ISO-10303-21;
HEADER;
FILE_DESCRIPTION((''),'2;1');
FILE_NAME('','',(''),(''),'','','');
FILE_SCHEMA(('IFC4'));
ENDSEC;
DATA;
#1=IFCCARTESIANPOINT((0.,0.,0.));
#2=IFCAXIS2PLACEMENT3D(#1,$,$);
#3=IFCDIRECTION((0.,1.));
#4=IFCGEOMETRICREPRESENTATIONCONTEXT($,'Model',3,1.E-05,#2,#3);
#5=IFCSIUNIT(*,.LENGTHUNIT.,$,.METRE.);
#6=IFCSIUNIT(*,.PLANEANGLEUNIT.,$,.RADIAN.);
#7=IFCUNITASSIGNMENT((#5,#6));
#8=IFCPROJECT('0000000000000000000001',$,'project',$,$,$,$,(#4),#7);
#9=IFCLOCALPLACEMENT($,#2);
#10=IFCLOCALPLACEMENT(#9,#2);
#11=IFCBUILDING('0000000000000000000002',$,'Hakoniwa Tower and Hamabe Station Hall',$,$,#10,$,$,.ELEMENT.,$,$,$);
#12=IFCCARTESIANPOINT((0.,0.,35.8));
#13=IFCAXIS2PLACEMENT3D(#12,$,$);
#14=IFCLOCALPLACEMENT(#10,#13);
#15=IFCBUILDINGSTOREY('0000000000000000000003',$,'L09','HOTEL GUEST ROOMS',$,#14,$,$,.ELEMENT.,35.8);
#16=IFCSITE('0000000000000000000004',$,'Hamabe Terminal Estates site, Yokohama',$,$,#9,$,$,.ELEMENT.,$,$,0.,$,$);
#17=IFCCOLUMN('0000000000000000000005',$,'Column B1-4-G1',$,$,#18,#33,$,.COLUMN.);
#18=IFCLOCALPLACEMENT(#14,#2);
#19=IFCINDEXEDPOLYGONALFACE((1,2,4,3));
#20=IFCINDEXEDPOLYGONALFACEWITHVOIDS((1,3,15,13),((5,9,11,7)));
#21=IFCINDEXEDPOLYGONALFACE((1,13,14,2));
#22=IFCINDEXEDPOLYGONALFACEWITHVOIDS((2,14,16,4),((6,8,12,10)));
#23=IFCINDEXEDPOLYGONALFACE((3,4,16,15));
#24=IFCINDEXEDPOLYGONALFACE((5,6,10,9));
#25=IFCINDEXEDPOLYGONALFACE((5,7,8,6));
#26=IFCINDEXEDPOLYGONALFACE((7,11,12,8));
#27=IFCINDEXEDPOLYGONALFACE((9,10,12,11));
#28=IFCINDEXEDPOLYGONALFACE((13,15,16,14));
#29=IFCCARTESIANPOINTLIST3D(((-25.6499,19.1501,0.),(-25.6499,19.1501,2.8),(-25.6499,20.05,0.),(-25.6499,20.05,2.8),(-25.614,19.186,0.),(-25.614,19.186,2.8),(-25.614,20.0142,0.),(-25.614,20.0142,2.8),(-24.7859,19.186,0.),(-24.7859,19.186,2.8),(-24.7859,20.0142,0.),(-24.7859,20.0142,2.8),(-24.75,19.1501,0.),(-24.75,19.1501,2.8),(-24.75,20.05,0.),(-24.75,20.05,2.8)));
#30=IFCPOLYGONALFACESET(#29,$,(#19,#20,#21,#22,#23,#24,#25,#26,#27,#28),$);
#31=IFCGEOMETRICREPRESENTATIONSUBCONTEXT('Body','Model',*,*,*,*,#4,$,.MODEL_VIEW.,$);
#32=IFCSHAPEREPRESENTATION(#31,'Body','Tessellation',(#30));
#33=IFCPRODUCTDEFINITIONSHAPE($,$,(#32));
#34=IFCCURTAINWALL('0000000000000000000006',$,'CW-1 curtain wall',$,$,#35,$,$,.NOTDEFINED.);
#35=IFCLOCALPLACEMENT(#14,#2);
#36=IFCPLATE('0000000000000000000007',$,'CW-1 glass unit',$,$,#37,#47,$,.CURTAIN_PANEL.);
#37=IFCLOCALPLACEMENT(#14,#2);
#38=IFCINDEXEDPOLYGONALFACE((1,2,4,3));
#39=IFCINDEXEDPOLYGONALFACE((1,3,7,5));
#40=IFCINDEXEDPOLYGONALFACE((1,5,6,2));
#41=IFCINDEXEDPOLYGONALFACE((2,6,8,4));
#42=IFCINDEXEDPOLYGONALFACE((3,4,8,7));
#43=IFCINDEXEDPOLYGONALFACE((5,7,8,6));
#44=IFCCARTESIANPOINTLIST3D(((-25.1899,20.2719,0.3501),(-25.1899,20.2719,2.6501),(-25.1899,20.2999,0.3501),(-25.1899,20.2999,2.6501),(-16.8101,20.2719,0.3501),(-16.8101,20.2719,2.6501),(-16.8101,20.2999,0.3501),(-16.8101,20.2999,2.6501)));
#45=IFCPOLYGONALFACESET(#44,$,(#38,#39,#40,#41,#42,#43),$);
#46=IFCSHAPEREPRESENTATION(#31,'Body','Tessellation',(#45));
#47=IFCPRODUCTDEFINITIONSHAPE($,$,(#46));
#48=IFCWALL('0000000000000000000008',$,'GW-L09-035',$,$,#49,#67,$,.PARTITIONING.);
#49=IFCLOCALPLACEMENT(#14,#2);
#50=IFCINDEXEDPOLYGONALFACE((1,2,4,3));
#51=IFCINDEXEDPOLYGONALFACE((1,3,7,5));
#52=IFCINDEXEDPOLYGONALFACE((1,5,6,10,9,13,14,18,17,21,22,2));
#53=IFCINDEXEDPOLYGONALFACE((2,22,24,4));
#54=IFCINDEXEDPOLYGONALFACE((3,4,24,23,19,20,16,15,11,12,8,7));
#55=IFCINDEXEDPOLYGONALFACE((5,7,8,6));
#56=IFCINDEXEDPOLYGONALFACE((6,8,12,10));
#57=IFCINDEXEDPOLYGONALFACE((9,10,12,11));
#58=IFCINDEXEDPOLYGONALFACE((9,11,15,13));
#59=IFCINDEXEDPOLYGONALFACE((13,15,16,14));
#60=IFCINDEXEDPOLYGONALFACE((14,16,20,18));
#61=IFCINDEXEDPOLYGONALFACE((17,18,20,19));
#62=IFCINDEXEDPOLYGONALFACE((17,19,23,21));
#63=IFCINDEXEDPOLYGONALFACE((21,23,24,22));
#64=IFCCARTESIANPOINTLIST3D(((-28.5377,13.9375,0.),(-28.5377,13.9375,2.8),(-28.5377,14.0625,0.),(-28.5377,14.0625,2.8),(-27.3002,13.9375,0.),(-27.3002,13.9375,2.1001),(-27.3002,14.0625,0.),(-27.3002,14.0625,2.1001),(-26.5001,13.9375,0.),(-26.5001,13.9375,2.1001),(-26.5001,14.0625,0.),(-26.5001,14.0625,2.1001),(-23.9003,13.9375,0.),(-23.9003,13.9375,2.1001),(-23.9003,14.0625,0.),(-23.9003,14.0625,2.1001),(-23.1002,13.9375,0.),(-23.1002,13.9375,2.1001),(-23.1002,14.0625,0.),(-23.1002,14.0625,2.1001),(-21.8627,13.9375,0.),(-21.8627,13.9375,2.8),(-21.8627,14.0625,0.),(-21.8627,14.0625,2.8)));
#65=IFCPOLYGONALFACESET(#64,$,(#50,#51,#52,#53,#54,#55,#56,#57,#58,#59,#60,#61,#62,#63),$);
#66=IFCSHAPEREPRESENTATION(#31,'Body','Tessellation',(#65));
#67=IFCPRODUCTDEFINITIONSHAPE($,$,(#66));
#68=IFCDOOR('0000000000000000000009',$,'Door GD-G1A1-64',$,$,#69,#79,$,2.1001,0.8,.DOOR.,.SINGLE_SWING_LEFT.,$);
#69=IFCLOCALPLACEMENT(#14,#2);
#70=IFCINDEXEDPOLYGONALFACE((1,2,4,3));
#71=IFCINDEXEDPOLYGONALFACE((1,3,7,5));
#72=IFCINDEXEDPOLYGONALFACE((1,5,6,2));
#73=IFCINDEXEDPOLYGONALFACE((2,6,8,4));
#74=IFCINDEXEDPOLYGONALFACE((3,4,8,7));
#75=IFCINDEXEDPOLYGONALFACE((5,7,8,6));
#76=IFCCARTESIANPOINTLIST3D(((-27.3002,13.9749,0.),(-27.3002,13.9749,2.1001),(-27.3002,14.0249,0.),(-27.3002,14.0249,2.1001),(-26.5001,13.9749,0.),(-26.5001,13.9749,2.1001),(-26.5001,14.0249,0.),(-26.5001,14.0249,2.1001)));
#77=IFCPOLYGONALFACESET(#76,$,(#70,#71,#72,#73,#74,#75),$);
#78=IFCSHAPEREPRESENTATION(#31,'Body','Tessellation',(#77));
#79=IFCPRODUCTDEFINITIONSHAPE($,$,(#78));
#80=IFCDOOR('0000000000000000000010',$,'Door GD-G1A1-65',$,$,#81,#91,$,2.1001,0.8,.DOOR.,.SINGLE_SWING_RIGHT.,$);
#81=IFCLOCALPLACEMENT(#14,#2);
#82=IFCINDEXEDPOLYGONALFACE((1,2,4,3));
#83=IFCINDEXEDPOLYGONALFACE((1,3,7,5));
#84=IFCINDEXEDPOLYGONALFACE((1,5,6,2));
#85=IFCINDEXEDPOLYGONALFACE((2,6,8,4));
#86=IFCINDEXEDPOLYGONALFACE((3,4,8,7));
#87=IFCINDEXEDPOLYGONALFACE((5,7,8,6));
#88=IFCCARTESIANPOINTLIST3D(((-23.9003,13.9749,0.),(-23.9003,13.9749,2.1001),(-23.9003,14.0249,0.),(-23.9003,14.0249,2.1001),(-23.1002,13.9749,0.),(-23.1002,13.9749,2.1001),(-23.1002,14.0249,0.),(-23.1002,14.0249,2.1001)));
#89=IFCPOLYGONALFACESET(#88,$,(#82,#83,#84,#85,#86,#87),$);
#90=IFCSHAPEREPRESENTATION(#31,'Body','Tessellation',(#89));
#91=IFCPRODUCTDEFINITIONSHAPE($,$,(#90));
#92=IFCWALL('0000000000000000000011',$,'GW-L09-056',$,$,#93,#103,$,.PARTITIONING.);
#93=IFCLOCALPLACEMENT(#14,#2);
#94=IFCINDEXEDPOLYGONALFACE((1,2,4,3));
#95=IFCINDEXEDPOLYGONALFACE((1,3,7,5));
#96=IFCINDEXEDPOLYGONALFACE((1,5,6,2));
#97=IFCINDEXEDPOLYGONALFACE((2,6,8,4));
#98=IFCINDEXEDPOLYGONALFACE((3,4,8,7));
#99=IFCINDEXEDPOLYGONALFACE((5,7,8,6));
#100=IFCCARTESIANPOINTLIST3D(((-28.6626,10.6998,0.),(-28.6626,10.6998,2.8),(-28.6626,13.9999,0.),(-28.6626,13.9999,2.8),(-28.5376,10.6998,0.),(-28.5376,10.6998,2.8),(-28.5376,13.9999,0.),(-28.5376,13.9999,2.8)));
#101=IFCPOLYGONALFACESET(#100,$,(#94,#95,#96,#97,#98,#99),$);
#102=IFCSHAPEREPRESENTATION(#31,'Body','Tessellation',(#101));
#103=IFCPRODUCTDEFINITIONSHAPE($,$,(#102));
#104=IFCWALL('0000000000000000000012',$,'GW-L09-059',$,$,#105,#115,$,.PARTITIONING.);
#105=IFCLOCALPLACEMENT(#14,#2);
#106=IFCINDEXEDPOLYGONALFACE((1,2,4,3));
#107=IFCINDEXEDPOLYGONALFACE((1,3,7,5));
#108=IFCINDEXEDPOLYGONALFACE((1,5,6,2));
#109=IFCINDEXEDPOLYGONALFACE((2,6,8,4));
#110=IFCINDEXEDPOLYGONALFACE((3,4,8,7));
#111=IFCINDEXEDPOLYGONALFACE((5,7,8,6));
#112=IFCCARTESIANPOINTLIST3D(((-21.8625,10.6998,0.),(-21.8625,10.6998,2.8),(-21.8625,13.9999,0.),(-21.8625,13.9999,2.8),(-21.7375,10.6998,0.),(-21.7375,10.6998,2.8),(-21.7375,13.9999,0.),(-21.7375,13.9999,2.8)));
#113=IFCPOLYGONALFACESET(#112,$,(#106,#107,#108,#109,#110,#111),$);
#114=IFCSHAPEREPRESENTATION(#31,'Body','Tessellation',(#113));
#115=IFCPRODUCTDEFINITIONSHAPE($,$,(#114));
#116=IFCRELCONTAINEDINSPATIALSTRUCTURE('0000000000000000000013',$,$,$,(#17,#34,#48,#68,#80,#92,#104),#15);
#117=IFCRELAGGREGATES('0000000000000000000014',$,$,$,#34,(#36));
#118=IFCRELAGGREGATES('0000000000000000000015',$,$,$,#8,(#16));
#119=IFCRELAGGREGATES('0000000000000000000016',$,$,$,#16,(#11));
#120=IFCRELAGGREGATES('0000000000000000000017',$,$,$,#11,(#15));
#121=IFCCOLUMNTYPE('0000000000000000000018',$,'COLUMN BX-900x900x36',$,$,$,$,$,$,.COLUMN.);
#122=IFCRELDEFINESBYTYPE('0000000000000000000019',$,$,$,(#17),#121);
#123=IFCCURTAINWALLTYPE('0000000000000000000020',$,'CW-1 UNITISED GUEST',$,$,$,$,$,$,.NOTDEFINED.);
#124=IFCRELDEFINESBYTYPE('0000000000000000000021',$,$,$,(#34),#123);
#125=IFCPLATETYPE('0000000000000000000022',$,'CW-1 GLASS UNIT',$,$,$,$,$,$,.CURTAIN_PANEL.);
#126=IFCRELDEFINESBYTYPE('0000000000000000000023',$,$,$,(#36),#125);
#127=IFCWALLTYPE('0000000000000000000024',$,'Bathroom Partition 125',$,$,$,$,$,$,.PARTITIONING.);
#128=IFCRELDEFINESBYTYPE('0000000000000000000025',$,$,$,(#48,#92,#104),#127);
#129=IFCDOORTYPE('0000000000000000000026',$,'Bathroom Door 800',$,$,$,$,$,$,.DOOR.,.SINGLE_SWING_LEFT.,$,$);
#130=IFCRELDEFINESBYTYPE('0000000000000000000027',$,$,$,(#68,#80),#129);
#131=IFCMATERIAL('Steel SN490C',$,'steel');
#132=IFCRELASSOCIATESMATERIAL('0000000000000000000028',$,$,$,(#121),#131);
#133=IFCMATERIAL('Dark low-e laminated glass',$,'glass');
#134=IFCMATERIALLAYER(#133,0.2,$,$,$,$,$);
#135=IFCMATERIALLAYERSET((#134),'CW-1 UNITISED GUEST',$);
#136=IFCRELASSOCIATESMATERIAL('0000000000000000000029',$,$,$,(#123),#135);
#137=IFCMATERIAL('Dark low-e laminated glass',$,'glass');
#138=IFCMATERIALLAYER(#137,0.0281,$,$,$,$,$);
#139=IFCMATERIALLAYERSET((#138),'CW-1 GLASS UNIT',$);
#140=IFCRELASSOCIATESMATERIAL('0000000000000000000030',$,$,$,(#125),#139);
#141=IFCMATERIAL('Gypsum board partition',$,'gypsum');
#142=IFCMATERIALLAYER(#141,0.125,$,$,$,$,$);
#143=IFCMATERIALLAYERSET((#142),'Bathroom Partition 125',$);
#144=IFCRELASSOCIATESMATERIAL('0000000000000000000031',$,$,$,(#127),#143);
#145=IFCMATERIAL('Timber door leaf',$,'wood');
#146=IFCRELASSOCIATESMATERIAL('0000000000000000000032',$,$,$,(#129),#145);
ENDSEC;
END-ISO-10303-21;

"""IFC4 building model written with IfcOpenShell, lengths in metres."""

from ifc_helpers import new_model, si_unit, direction, frame, frame_2d, origin, origin_2d, place, context, subcontext, project, spatial, rectangle, hollow_rectangle, extrude, material, layer, layer_set, material_profile, profile_set, type_object, element, fill, aggregate, save


model = new_model("IFC4")

# Units and contexts
model_context = context("Model", 3, precision=1e-05, world=origin(), true_north=direction((0.0, 1.0)))
body_context = subcontext(model_context, "Body", "Model", "MODEL_VIEW")
ifc_project = project(units=[si_unit("LENGTHUNIT", "METRE"), si_unit("PLANEANGLEUNIT", "RADIAN")], contexts=[model_context])

# Site, building, storey
site_placement = place(None, origin())
site = spatial("IfcSite", under=ifc_project, at=site_placement, Name="Hamabe Terminal Estates site, Yokohama", CompositionType="ELEMENT", RefElevation=0.0)
building_placement = place(site_placement, origin())
building = spatial("IfcBuilding", under=site, at=building_placement, Name="Hakoniwa Tower and Hamabe Station Hall", CompositionType="ELEMENT")
storey_placement = place(building_placement, frame((0.0, 0.0, 35.8)))
storey = spatial("IfcBuildingStorey", under=building, at=storey_placement, Name="L09", Description="HOTEL GUEST ROOMS", CompositionType="ELEMENT", Elevation=35.8)

# Column
ifc_material_1 = material(Name="Steel SN490C", Category="steel")
ifc_material_profile = material_profile(ifc_material_1, hollow_rectangle(XDim=0.8999, YDim=0.8999, WallThickness=0.0359, at=origin_2d()), Name="BX-900x900x36")
ifc_profile_set = profile_set([ifc_material_profile], Name="Steel SN490C")
column_type = type_object("IfcColumnType", Name="COLUMN BX-900x900x36", PredefinedType="COLUMN", material=ifc_profile_set)
column_placement = place(storey_placement, frame((-25.2, 19.6001, 0.0), z_axis=(0.0, 0.0, 1.0), x_axis=(1.0, 0.0, 0.0)))
element("IfcColumn", 1, at=column_placement, inside=storey, type_object=column_type, Name="Column B1-4-G1", PredefinedType="COLUMN", context=body_context, shape_type="SweptSolid", body=[
    extrude(hollow_rectangle(XDim=0.8999, YDim=0.8999, WallThickness=0.0359, at=origin_2d()), origin(), (0.0, 0.0, 1.0), 2.8),
])

# Curtain wall, plate
ifc_material_2 = material(Name="Dark low-e laminated glass", Category="glass")
ifc_layer_1 = layer(ifc_material_2, 0.2)
ifc_layer_set_1 = layer_set([ifc_layer_1], Name="CW-1 UNITISED GUEST")
curtain_wall_type = type_object("IfcCurtainWallType", Name="CW-1 UNITISED GUEST", PredefinedType="NOTDEFINED", material=ifc_layer_set_1)
curtain_wall_placement = place(storey_placement, origin())
curtain_wall = element("IfcCurtainWall", 2, at=curtain_wall_placement, inside=storey, type_object=curtain_wall_type, Name="CW-1 curtain wall", PredefinedType="NOTDEFINED")
ifc_material_3 = material(Name="Dark low-e laminated glass", Category="glass")
ifc_layer_2 = layer(ifc_material_3, 0.0281)
ifc_layer_set_2 = layer_set([ifc_layer_2], Name="CW-1 GLASS UNIT")
plate_type = type_object("IfcPlateType", Name="CW-1 GLASS UNIT", PredefinedType="CURTAIN_PANEL", material=ifc_layer_set_2)
plate_placement = place(storey_placement, frame((-21.0, 20.2859, 0.3501), z_axis=(0.0, 0.0, 1.0), x_axis=(-1.0, 0.0, 0.0)))
plate = element("IfcPlate", 3, at=plate_placement, type_object=plate_type, Name="CW-1 glass unit", PredefinedType="CURTAIN_PANEL", context=body_context, shape_type="SweptSolid", body=[
    extrude(rectangle(XDim=8.3799, YDim=0.0281, at=origin_2d()), origin(), (0.0, 0.0, 1.0), 2.3),
])
aggregate(curtain_wall, [plate])

# Wall, openings, doors
ifc_material_4 = material(Name="Gypsum board partition", Category="gypsum")
ifc_layer_3 = layer(ifc_material_4, 0.125)
ifc_layer_set_3 = layer_set([ifc_layer_3], Name="Bathroom Partition 125")
wall_type_1 = type_object("IfcWallType", Name="Bathroom Partition 125", PredefinedType="PARTITIONING", material=ifc_layer_set_3)
wall_1_placement = place(storey_placement, frame((-28.5376, 14.0, 0.0), z_axis=(0.0, 0.0, 1.0), x_axis=(1.0, 0.0, 0.0)))
wall_1 = element("IfcWall", 4, at=wall_1_placement, inside=storey, type_object=wall_type_1, Name="GW-L09-035", PredefinedType="PARTITIONING", context=body_context, shape_type="SweptSolid", body=[
    extrude(rectangle(XDim=6.675, YDim=0.125, at=frame_2d((3.3374, 0.0))), origin(), (0.0, 0.0, 1.0), 2.8),
])
opening_1_placement = place(wall_1_placement, frame((1.2375, 0.0, 0.0)))
opening_1 = element("IfcOpeningElement", 5, at=opening_1_placement, cuts=wall_1, PredefinedType="OPENING", context=body_context, shape_type="SweptSolid", body=[
    extrude(rectangle(XDim=0.8, YDim=2.1001, at=frame_2d((0.3999, 1.05))), frame((0.0, 0.0725, 0.0), z_axis=(0.0, -1.0, 0.0), x_axis=(1.0, 0.0, 0.0)), (0.0, 0.0, 1.0), 0.145),
])
opening_2_placement = place(wall_1_placement, frame((4.6375, 0.0, 0.0)))
opening_2 = element("IfcOpeningElement", 6, at=opening_2_placement, cuts=wall_1, PredefinedType="OPENING", context=body_context, shape_type="SweptSolid", body=[
    extrude(rectangle(XDim=0.8, YDim=2.1001, at=frame_2d((0.3999, 1.05))), frame((0.0, 0.0725, 0.0), z_axis=(0.0, -1.0, 0.0), x_axis=(1.0, 0.0, 0.0)), (0.0, 0.0, 1.0), 0.145),
])
ifc_material_5 = material(Name="Timber door leaf", Category="wood")
door_type_1 = type_object("IfcDoorType", Name="Bathroom Door 800", OperationType="SINGLE_SWING_LEFT", PredefinedType="DOOR", material=ifc_material_5)
door_1_placement = place(opening_1_placement, origin())
door_1 = element("IfcDoor", 7, at=door_1_placement, inside=storey, type_object=door_type_1, Name="Door GD-G1A1-64", OperationType="SINGLE_SWING_LEFT", OverallHeight=2.1001, OverallWidth=0.8, PredefinedType="DOOR", context=body_context, shape_type="SweptSolid", body=[
    extrude(rectangle(XDim=0.8, YDim=2.1001, at=frame_2d((0.3999, 1.05))), frame((0.0, 0.0249, 0.0), z_axis=(0.0, -1.0, 0.0), x_axis=(1.0, 0.0, 0.0)), (0.0, 0.0, 1.0), 0.05),
])
fill(opening_1, door_1)
door_2_placement = place(opening_2_placement, origin())
door_2 = element("IfcDoor", 8, at=door_2_placement, inside=storey, type_object=door_type_1, Name="Door GD-G1A1-65", OperationType="SINGLE_SWING_RIGHT", OverallHeight=2.1001, OverallWidth=0.8, PredefinedType="DOOR", context=body_context, shape_type="SweptSolid", body=[
    extrude(rectangle(XDim=0.8, YDim=2.1001, at=frame_2d((0.3999, 1.05))), frame((0.0, 0.0249, 0.0), z_axis=(0.0, -1.0, 0.0), x_axis=(1.0, 0.0, 0.0)), (0.0, 0.0, 1.0), 0.05),
])
fill(opening_2, door_2)

# Walls
for number, where, z_axis, x_axis, name in (
    (9, (-28.6001, 10.7, 0.0), (0.0, 0.0, 1.0), (0.0, 1.0, 0.0), "GW-L09-056"),
    (10, (-21.8, 10.7, 0.0), (0.0, 0.0, 1.0), (0.0, 1.0, 0.0), "GW-L09-059"),
):
    element("IfcWall", number, at=place(storey_placement, frame(where, z_axis=z_axis, x_axis=x_axis)), inside=storey, type_object=wall_type_1, Name=name, PredefinedType="PARTITIONING", context=body_context, shape_type="SweptSolid", body=[
        extrude(rectangle(XDim=3.3, YDim=0.125, at=frame_2d((1.6499, 0.0))), origin(), (0.0, 0.0, 1.0), 2.8),
    ])

save(model, "model.ifc")
